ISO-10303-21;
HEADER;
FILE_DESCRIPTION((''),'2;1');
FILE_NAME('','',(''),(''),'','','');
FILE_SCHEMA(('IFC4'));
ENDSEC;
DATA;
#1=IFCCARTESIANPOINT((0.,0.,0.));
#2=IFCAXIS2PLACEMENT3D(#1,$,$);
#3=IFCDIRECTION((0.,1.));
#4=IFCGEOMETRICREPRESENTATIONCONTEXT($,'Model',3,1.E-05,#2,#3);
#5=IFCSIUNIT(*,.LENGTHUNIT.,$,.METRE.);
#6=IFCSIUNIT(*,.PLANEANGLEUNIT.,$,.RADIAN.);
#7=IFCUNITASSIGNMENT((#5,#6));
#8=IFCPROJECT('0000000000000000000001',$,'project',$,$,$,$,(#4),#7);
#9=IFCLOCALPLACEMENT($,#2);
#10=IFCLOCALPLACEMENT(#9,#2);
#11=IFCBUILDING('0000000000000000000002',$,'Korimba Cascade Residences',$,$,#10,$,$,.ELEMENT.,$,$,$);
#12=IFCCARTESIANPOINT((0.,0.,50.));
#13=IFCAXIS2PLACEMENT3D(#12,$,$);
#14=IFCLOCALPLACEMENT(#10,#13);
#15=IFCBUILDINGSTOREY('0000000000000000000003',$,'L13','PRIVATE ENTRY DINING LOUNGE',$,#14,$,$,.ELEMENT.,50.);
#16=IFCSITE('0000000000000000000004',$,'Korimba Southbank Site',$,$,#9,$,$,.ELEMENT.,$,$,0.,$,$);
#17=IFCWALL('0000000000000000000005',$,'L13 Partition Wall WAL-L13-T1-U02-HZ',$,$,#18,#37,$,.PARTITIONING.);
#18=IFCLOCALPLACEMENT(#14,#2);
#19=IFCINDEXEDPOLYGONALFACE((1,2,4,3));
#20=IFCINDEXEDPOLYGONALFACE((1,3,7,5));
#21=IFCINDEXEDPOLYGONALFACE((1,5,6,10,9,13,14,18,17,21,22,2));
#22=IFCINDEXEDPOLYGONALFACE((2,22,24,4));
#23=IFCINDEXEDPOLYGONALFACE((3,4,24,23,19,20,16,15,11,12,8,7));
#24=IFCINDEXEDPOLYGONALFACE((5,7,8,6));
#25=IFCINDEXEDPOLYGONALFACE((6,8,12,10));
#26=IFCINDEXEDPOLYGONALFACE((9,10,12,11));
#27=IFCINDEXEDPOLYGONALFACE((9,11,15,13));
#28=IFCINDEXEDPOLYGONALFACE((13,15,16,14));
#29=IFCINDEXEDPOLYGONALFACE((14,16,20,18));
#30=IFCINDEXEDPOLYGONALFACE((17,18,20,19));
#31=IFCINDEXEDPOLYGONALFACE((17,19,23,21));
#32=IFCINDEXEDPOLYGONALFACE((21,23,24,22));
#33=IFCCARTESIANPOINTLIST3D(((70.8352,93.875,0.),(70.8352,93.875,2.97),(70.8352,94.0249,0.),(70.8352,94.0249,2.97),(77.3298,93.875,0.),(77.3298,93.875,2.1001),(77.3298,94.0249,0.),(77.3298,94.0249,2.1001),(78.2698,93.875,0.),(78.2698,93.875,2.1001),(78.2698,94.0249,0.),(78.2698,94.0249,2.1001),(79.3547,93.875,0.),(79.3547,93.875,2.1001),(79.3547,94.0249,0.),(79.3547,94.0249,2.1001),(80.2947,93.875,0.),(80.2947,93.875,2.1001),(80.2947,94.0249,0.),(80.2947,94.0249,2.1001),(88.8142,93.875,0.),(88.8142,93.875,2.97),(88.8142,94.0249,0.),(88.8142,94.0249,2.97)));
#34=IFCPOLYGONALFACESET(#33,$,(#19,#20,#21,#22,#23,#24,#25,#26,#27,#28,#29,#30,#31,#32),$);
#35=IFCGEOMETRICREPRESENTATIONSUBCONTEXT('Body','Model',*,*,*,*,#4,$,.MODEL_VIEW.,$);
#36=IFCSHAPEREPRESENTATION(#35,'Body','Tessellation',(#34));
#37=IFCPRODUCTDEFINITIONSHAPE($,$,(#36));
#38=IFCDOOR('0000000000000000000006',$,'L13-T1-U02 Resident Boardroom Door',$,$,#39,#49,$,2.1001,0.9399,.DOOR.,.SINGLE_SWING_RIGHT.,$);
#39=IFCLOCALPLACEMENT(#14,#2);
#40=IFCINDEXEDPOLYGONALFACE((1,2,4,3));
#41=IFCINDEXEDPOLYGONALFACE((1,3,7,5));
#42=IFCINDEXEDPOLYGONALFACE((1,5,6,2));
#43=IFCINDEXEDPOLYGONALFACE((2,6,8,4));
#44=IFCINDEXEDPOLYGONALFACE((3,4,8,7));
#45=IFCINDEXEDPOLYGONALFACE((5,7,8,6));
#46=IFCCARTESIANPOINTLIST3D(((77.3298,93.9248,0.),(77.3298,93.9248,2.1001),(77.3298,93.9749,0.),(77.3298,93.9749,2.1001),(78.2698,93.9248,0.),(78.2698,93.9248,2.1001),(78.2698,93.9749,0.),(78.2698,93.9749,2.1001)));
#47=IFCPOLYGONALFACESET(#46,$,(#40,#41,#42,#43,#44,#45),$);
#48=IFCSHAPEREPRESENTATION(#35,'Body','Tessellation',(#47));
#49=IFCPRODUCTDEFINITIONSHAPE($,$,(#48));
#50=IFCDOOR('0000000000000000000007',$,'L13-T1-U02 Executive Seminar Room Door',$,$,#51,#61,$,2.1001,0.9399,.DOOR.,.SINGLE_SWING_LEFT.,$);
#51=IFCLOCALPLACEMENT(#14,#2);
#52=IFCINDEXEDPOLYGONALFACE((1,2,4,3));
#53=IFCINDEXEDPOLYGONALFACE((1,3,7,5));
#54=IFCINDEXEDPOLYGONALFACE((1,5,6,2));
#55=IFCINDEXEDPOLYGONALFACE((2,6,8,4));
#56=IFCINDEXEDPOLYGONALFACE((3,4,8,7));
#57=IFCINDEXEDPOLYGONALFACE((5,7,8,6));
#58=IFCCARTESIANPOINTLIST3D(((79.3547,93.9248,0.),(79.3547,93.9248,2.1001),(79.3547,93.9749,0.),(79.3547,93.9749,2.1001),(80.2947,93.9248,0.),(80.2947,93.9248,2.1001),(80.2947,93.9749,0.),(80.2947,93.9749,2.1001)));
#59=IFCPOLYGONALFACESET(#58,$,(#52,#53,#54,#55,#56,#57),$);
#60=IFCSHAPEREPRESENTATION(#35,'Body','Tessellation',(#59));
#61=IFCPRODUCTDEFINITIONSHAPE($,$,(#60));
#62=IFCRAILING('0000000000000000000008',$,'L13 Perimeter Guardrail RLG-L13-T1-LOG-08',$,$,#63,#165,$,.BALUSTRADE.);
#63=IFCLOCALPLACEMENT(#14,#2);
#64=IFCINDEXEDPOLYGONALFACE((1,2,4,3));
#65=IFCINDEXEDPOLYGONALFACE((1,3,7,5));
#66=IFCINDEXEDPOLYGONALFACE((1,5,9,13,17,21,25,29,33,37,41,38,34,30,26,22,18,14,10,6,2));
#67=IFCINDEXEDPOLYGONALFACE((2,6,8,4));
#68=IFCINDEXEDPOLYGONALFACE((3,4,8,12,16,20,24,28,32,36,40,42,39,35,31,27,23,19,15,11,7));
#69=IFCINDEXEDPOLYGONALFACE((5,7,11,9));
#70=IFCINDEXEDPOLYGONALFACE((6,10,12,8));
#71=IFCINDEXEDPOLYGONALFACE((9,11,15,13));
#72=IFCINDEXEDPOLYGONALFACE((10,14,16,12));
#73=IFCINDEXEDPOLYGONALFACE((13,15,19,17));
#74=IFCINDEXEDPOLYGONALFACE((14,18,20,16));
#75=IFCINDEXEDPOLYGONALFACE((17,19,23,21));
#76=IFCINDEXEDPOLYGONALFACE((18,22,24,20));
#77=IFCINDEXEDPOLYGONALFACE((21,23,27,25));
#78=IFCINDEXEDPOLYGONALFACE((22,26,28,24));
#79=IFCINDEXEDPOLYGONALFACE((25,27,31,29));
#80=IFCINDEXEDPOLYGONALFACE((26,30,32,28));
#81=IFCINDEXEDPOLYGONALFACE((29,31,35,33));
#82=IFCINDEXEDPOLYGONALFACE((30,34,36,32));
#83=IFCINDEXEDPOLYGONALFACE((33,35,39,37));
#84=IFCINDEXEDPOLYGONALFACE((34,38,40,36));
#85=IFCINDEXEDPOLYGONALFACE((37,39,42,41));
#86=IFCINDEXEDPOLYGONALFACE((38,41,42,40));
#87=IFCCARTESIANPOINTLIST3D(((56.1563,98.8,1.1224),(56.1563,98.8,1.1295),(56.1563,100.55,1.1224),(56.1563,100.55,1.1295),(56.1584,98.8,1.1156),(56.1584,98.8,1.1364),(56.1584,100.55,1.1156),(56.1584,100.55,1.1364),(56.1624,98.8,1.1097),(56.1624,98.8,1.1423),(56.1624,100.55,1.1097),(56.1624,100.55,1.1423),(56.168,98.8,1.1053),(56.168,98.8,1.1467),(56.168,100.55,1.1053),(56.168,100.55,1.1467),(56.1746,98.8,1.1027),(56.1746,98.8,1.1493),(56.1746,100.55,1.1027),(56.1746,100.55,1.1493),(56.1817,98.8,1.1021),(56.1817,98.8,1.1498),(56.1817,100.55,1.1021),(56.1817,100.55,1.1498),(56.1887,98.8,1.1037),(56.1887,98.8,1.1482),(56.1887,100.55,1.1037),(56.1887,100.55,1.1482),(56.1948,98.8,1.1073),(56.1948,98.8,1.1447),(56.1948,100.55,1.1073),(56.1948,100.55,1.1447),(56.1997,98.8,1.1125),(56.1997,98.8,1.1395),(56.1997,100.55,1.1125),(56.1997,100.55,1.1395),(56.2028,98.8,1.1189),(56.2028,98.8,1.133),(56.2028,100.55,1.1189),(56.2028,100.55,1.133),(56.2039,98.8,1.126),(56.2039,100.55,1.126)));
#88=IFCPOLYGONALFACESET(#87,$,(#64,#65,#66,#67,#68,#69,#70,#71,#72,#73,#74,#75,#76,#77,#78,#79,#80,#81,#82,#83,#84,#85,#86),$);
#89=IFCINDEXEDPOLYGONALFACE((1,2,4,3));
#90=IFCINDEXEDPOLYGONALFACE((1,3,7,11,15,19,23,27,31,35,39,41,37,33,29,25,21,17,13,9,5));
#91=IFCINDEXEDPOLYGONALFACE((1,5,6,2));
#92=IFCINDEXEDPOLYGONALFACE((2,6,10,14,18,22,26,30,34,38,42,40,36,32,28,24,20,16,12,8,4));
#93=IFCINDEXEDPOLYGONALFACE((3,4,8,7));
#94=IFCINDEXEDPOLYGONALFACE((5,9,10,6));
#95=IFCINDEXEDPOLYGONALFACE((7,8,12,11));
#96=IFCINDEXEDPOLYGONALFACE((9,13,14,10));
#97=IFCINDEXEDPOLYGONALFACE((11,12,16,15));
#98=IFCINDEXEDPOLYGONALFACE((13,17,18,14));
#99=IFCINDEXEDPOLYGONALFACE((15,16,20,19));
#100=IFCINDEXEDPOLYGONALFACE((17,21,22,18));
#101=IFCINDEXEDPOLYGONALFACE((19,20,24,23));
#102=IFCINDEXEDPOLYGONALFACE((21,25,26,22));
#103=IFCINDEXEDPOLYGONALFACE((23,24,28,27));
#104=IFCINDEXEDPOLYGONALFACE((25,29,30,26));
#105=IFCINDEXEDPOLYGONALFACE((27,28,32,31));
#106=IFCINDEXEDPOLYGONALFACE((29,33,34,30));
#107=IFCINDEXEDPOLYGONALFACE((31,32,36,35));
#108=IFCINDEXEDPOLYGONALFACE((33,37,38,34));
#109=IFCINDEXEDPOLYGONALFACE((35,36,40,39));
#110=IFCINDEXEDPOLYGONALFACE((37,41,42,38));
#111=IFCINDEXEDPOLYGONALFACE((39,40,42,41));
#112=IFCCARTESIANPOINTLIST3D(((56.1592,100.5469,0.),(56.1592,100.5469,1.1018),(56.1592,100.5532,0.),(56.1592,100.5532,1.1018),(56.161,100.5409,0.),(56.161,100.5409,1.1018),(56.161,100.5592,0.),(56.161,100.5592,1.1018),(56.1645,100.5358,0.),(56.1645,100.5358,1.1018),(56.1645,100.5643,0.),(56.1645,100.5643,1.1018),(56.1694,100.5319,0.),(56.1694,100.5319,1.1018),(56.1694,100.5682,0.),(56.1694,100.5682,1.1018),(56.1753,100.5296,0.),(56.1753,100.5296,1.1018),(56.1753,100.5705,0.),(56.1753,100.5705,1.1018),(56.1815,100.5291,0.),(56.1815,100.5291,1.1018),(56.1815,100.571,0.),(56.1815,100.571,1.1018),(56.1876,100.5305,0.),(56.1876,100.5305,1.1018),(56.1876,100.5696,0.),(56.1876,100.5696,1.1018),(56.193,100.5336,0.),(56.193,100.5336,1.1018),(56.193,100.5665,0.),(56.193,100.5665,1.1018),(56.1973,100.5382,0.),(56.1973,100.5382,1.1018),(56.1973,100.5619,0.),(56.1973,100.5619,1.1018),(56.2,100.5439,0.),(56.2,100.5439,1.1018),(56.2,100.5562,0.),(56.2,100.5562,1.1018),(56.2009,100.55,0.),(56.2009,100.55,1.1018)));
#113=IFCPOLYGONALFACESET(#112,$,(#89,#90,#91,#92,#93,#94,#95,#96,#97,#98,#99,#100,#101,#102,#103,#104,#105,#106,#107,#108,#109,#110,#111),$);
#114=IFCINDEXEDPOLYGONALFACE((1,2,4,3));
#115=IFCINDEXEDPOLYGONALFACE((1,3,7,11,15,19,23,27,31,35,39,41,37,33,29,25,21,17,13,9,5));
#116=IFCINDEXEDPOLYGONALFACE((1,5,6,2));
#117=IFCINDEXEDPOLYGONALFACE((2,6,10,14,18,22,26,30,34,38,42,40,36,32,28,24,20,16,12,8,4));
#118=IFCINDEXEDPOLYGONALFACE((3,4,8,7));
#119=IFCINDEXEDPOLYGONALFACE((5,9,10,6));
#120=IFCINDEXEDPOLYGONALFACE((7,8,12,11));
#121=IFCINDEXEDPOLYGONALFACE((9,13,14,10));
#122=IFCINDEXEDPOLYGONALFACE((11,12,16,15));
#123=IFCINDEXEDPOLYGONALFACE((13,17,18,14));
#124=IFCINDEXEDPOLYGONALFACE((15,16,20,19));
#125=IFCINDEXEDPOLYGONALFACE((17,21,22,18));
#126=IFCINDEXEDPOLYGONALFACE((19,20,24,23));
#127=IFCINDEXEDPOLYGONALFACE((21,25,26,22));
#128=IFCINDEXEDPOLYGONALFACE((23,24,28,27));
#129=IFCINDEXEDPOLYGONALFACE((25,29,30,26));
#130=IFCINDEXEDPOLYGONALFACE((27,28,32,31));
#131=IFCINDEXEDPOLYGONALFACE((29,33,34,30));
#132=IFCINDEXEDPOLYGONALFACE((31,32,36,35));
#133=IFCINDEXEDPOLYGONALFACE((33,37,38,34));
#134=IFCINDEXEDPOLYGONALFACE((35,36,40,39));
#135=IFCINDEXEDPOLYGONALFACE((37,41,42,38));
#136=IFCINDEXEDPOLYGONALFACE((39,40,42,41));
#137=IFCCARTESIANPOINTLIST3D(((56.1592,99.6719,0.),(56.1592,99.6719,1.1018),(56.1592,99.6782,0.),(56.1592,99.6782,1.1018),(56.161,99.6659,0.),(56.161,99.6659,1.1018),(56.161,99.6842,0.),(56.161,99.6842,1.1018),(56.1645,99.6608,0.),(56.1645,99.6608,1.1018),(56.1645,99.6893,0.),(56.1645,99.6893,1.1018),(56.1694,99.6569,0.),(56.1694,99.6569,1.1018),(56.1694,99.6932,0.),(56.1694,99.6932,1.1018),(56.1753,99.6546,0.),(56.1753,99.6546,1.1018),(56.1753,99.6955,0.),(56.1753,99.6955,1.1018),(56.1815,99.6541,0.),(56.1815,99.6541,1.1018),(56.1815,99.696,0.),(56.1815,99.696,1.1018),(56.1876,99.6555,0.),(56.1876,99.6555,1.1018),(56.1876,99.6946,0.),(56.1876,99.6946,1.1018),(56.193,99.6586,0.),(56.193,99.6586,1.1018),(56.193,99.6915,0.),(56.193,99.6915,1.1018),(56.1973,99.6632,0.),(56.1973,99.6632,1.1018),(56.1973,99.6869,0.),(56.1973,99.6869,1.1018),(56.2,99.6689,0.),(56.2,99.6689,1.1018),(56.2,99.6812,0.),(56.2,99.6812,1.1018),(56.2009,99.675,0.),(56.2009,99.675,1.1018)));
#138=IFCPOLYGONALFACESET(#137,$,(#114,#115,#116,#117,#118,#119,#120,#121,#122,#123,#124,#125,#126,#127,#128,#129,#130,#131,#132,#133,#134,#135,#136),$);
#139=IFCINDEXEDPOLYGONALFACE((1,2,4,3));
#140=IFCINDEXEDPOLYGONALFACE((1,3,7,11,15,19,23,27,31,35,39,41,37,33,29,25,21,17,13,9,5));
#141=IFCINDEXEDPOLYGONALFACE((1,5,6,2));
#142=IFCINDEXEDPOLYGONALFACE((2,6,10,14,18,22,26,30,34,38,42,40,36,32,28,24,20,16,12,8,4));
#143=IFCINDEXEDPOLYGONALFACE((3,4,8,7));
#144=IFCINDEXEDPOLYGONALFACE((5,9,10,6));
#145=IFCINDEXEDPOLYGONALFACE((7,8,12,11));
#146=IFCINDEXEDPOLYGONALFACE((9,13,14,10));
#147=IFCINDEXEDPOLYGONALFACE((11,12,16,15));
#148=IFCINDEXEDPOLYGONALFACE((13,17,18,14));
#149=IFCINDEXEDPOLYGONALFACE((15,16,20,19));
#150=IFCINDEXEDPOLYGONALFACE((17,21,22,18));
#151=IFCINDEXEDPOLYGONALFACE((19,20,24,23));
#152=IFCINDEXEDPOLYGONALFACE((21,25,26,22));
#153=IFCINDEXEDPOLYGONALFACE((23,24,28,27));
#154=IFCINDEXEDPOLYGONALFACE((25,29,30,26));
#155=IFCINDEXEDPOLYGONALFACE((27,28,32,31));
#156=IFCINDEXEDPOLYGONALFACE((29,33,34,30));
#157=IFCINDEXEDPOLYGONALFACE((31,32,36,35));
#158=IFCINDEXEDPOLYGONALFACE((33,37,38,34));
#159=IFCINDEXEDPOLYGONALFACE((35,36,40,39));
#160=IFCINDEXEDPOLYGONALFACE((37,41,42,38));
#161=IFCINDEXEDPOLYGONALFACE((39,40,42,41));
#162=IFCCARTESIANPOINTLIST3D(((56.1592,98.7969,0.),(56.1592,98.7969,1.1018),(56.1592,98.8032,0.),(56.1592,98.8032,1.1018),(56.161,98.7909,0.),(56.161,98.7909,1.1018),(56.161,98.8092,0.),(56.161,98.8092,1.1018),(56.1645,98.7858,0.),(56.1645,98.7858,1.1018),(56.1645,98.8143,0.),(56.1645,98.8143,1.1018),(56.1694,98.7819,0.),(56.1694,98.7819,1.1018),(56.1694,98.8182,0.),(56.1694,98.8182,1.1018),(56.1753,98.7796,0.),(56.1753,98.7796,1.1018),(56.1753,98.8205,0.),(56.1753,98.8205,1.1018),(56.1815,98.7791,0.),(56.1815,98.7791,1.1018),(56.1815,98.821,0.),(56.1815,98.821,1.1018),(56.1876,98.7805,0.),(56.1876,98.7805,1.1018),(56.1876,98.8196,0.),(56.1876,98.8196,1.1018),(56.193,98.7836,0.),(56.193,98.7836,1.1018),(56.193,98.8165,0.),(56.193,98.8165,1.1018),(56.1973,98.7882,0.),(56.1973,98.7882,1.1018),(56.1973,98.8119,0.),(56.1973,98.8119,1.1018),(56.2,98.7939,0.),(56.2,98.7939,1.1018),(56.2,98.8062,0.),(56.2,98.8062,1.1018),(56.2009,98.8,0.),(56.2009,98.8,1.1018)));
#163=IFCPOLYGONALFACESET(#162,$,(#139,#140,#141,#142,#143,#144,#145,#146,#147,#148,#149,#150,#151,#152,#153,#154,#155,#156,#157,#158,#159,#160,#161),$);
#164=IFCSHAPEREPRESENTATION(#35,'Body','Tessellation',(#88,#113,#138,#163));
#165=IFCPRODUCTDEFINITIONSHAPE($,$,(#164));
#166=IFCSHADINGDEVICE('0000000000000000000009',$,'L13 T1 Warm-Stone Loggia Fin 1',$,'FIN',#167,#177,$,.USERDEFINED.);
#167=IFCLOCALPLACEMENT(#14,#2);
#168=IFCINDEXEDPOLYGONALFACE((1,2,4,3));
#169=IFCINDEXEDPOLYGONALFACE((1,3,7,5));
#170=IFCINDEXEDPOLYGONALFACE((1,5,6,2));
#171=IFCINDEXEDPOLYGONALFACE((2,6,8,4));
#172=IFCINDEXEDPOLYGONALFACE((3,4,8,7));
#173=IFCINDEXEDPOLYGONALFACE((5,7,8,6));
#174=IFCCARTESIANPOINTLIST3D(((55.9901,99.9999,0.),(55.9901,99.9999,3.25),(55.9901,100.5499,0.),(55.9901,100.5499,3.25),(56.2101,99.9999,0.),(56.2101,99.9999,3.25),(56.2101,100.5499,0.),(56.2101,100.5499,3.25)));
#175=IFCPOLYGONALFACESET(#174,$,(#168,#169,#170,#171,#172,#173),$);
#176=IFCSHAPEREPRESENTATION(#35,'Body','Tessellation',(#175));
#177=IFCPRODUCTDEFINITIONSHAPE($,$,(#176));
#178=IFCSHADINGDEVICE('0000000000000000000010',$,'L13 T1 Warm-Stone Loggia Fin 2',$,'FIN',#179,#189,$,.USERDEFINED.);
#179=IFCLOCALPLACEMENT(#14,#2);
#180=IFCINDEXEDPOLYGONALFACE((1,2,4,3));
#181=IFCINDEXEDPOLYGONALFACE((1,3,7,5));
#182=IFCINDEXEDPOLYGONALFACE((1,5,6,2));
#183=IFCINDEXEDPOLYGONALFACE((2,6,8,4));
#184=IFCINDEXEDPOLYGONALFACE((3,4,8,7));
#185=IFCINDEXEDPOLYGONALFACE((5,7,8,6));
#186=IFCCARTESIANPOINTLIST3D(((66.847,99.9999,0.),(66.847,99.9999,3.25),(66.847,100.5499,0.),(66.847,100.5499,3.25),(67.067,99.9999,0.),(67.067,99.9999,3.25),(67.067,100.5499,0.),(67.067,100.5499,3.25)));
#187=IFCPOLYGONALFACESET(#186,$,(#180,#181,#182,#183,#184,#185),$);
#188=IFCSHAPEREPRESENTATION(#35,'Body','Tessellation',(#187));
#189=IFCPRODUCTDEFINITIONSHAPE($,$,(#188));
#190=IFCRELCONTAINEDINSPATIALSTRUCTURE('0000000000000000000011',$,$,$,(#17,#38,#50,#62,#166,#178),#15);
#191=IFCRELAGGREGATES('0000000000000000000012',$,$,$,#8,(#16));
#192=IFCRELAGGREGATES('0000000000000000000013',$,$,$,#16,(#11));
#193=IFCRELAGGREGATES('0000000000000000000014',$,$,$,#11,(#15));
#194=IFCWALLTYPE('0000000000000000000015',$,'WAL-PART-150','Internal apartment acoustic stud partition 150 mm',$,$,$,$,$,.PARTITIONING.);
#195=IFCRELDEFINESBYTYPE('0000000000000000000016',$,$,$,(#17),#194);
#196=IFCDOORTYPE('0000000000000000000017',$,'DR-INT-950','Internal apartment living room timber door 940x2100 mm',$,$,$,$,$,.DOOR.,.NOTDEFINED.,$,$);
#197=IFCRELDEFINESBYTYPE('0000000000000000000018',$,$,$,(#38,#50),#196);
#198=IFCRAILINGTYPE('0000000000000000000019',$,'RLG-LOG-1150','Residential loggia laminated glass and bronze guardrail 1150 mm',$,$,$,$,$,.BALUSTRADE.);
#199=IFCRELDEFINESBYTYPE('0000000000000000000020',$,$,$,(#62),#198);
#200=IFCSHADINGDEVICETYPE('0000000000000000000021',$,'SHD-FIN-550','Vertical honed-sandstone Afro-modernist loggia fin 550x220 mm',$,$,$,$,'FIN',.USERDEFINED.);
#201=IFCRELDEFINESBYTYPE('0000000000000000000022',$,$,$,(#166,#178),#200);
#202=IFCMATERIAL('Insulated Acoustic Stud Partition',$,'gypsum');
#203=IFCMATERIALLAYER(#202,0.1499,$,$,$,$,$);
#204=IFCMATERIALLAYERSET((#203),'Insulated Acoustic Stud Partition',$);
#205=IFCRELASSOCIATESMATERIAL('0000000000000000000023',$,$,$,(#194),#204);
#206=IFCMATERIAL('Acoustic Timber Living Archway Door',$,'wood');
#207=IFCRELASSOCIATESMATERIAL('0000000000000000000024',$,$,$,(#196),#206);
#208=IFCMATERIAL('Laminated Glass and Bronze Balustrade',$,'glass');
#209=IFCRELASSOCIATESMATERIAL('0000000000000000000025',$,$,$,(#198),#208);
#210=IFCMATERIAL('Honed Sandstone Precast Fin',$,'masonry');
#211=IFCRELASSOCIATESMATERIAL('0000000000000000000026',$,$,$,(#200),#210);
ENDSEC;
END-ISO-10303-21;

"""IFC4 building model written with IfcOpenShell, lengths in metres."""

from ifc_helpers import new_model, si_unit, direction, frame, frame_2d, origin, origin_2d, place, context, subcontext, project, spatial, rectangle, circle, extrude, material, layer, layer_set, type_object, element, fill, save


model = new_model("IFC4")

# Units and contexts
model_context = context("Model", 3, precision=1e-05, world=origin(), true_north=direction((0.0, 1.0)))
body_context = subcontext(model_context, "Body", "Model", "MODEL_VIEW")
ifc_project = project(units=[si_unit("LENGTHUNIT", "METRE"), si_unit("PLANEANGLEUNIT", "RADIAN")], contexts=[model_context])

# Site, building, storey
site_placement = place(None, origin())
site = spatial("IfcSite", under=ifc_project, at=site_placement, Name="Korimba Southbank Site", CompositionType="ELEMENT", RefElevation=0.0)
building_placement = place(site_placement, origin())
building = spatial("IfcBuilding", under=site, at=building_placement, Name="Korimba Cascade Residences", CompositionType="ELEMENT")
storey_placement = place(building_placement, frame((0.0, 0.0, 50.0)))
storey = spatial("IfcBuildingStorey", under=building, at=storey_placement, Name="L13", Description="PRIVATE ENTRY DINING LOUNGE", CompositionType="ELEMENT", Elevation=50.0)

# Shared definitions
ifc_material_1 = material(Name="Insulated Acoustic Stud Partition", Category="gypsum")
ifc_layer_1 = layer(ifc_material_1, 0.1499)
ifc_layer_set_1 = layer_set([ifc_layer_1], Name="Insulated Acoustic Stud Partition")
wall_type_1 = type_object("IfcWallType", Name="WAL-PART-150", Description="Internal apartment acoustic stud partition 150 mm", PredefinedType="PARTITIONING", material=ifc_layer_set_1)

# Wall, openings, doors
ifc_material_2 = material(Name="Acoustic Timber Living Archway Door", Category="wood")
door_type_1 = type_object("IfcDoorType", Name="DR-INT-950", Description="Internal apartment living room timber door 940x2100 mm", OperationType="NOTDEFINED", PredefinedType="DOOR", material=ifc_material_2)
wall_1_placement = place(storey_placement, frame((70.8352, 93.95, 0.0), z_axis=(0.0, 0.0, 1.0), x_axis=(1.0, 0.0, 0.0)))
wall_1 = element("IfcWall", 1, at=wall_1_placement, inside=storey, type_object=wall_type_1, Name="L13 Partition Wall WAL-L13-T1-U02-HZ", PredefinedType="PARTITIONING", context=body_context, shape_type="SweptSolid", body=[
    extrude(rectangle(XDim=17.979, YDim=0.1499, at=frame_2d((8.9895, 0.0))), origin(), (0.0, 0.0, 1.0), 2.97),
])
opening_1_placement = place(wall_1_placement, frame((6.4946, 0.0, 0.0)))
opening_1 = element("IfcOpeningElement", 2, at=opening_1_placement, cuts=wall_1, PredefinedType="OPENING", context=body_context, shape_type="SweptSolid", body=[
    extrude(rectangle(XDim=0.9399, YDim=2.1001, at=frame_2d((0.47, 1.05))), frame((0.0, 0.085, 0.0), z_axis=(0.0, -1.0, 0.0), x_axis=(1.0, 0.0, 0.0)), (0.0, 0.0, 1.0), 0.1699),
])
opening_2_placement = place(wall_1_placement, frame((8.5195, 0.0, 0.0)))
opening_2 = element("IfcOpeningElement", 3, at=opening_2_placement, cuts=wall_1, PredefinedType="OPENING", context=body_context, shape_type="SweptSolid", body=[
    extrude(rectangle(XDim=0.9399, YDim=2.1001, at=frame_2d((0.47, 1.05))), frame((0.0, 0.085, 0.0), z_axis=(0.0, -1.0, 0.0), x_axis=(1.0, 0.0, 0.0)), (0.0, 0.0, 1.0), 0.1699),
])
door_1_placement = place(opening_1_placement, origin())
door_1 = element("IfcDoor", 4, at=door_1_placement, inside=storey, type_object=door_type_1, Name="L13-T1-U02 Resident Boardroom Door", OperationType="SINGLE_SWING_RIGHT", OverallHeight=2.1001, OverallWidth=0.9399, PredefinedType="DOOR", context=body_context, shape_type="SweptSolid", body=[
    extrude(rectangle(XDim=0.9399, YDim=2.1001, at=frame_2d((0.47, 1.05))), frame((0.0, 0.0249, 0.0), z_axis=(0.0, -1.0, 0.0), x_axis=(1.0, 0.0, 0.0)), (0.0, 0.0, 1.0), 0.05),
])
fill(opening_1, door_1)
door_2_placement = place(opening_2_placement, origin())
door_2 = element("IfcDoor", 5, at=door_2_placement, inside=storey, type_object=door_type_1, Name="L13-T1-U02 Executive Seminar Room Door", OperationType="SINGLE_SWING_LEFT", OverallHeight=2.1001, OverallWidth=0.9399, PredefinedType="DOOR", context=body_context, shape_type="SweptSolid", body=[
    extrude(rectangle(XDim=0.9399, YDim=2.1001, at=frame_2d((0.47, 1.05))), frame((0.0, 0.0249, 0.0), z_axis=(0.0, -1.0, 0.0), x_axis=(1.0, 0.0, 0.0)), (0.0, 0.0, 1.0), 0.05),
])
fill(opening_2, door_2)

# Railing
ifc_material_3 = material(Name="Laminated Glass and Bronze Balustrade", Category="glass")
railing_type = type_object("IfcRailingType", Name="RLG-LOG-1150", Description="Residential loggia laminated glass and bronze guardrail 1150 mm", PredefinedType="BALUSTRADE", material=ifc_material_3)
railing_1_placement = place(storey_placement, frame((56.1799, 100.55, 0.0)))
element("IfcRailing", 6, at=railing_1_placement, inside=storey, type_object=railing_type, Name="L13 Perimeter Guardrail RLG-L13-T1-LOG-08", PredefinedType="BALUSTRADE", context=body_context, shape_type="SweptSolid", body=[
    extrude(circle(Radius=0.0239, at=origin_2d()), frame((0.0, 0.0, 1.126), z_axis=(0.0, -1.0, 0.0), x_axis=(1.0, 0.0, 0.0)), (0.0, 0.0, 1.0), 1.75),
    extrude(circle(Radius=0.021, at=origin_2d()), origin(), (0.0, 0.0, 1.0), 1.1018),
    extrude(circle(Radius=0.021, at=origin_2d()), frame((0.0, -0.875, 0.0)), (0.0, 0.0, 1.0), 1.1018),
    extrude(circle(Radius=0.021, at=origin_2d()), frame((0.0, -1.75, 0.0)), (0.0, 0.0, 1.0), 1.1018),
])

# Shading devices
ifc_material_4 = material(Name="Honed Sandstone Precast Fin", Category="masonry")
shading_device_type = type_object("IfcShadingDeviceType", Name="SHD-FIN-550", Description="Vertical honed-sandstone Afro-modernist loggia fin 550x220 mm", ElementType="FIN", PredefinedType="USERDEFINED", material=ifc_material_4)
for number, where, z_axis, x_axis, name in (
    (7, (56.1001, 100.2749, 0.0), (0.0, 0.0, 1.0), (1.0, 0.0, 0.0), "L13 T1 Warm-Stone Loggia Fin 1"),
    (8, (66.957, 100.2749, 0.0), (0.0, 0.0, 1.0), (1.0, 0.0, 0.0), "L13 T1 Warm-Stone Loggia Fin 2"),
):
    element("IfcShadingDevice", number, at=place(storey_placement, frame(where, z_axis=z_axis, x_axis=x_axis)), inside=storey, type_object=shading_device_type, Name=name, ObjectType="FIN", PredefinedType="USERDEFINED", context=body_context, shape_type="SweptSolid", body=[
        extrude(rectangle(XDim=0.22, YDim=0.55, at=origin_2d()), origin(), (0.0, 0.0, 1.0), 3.25),
    ])

save(model, "model.ifc")
